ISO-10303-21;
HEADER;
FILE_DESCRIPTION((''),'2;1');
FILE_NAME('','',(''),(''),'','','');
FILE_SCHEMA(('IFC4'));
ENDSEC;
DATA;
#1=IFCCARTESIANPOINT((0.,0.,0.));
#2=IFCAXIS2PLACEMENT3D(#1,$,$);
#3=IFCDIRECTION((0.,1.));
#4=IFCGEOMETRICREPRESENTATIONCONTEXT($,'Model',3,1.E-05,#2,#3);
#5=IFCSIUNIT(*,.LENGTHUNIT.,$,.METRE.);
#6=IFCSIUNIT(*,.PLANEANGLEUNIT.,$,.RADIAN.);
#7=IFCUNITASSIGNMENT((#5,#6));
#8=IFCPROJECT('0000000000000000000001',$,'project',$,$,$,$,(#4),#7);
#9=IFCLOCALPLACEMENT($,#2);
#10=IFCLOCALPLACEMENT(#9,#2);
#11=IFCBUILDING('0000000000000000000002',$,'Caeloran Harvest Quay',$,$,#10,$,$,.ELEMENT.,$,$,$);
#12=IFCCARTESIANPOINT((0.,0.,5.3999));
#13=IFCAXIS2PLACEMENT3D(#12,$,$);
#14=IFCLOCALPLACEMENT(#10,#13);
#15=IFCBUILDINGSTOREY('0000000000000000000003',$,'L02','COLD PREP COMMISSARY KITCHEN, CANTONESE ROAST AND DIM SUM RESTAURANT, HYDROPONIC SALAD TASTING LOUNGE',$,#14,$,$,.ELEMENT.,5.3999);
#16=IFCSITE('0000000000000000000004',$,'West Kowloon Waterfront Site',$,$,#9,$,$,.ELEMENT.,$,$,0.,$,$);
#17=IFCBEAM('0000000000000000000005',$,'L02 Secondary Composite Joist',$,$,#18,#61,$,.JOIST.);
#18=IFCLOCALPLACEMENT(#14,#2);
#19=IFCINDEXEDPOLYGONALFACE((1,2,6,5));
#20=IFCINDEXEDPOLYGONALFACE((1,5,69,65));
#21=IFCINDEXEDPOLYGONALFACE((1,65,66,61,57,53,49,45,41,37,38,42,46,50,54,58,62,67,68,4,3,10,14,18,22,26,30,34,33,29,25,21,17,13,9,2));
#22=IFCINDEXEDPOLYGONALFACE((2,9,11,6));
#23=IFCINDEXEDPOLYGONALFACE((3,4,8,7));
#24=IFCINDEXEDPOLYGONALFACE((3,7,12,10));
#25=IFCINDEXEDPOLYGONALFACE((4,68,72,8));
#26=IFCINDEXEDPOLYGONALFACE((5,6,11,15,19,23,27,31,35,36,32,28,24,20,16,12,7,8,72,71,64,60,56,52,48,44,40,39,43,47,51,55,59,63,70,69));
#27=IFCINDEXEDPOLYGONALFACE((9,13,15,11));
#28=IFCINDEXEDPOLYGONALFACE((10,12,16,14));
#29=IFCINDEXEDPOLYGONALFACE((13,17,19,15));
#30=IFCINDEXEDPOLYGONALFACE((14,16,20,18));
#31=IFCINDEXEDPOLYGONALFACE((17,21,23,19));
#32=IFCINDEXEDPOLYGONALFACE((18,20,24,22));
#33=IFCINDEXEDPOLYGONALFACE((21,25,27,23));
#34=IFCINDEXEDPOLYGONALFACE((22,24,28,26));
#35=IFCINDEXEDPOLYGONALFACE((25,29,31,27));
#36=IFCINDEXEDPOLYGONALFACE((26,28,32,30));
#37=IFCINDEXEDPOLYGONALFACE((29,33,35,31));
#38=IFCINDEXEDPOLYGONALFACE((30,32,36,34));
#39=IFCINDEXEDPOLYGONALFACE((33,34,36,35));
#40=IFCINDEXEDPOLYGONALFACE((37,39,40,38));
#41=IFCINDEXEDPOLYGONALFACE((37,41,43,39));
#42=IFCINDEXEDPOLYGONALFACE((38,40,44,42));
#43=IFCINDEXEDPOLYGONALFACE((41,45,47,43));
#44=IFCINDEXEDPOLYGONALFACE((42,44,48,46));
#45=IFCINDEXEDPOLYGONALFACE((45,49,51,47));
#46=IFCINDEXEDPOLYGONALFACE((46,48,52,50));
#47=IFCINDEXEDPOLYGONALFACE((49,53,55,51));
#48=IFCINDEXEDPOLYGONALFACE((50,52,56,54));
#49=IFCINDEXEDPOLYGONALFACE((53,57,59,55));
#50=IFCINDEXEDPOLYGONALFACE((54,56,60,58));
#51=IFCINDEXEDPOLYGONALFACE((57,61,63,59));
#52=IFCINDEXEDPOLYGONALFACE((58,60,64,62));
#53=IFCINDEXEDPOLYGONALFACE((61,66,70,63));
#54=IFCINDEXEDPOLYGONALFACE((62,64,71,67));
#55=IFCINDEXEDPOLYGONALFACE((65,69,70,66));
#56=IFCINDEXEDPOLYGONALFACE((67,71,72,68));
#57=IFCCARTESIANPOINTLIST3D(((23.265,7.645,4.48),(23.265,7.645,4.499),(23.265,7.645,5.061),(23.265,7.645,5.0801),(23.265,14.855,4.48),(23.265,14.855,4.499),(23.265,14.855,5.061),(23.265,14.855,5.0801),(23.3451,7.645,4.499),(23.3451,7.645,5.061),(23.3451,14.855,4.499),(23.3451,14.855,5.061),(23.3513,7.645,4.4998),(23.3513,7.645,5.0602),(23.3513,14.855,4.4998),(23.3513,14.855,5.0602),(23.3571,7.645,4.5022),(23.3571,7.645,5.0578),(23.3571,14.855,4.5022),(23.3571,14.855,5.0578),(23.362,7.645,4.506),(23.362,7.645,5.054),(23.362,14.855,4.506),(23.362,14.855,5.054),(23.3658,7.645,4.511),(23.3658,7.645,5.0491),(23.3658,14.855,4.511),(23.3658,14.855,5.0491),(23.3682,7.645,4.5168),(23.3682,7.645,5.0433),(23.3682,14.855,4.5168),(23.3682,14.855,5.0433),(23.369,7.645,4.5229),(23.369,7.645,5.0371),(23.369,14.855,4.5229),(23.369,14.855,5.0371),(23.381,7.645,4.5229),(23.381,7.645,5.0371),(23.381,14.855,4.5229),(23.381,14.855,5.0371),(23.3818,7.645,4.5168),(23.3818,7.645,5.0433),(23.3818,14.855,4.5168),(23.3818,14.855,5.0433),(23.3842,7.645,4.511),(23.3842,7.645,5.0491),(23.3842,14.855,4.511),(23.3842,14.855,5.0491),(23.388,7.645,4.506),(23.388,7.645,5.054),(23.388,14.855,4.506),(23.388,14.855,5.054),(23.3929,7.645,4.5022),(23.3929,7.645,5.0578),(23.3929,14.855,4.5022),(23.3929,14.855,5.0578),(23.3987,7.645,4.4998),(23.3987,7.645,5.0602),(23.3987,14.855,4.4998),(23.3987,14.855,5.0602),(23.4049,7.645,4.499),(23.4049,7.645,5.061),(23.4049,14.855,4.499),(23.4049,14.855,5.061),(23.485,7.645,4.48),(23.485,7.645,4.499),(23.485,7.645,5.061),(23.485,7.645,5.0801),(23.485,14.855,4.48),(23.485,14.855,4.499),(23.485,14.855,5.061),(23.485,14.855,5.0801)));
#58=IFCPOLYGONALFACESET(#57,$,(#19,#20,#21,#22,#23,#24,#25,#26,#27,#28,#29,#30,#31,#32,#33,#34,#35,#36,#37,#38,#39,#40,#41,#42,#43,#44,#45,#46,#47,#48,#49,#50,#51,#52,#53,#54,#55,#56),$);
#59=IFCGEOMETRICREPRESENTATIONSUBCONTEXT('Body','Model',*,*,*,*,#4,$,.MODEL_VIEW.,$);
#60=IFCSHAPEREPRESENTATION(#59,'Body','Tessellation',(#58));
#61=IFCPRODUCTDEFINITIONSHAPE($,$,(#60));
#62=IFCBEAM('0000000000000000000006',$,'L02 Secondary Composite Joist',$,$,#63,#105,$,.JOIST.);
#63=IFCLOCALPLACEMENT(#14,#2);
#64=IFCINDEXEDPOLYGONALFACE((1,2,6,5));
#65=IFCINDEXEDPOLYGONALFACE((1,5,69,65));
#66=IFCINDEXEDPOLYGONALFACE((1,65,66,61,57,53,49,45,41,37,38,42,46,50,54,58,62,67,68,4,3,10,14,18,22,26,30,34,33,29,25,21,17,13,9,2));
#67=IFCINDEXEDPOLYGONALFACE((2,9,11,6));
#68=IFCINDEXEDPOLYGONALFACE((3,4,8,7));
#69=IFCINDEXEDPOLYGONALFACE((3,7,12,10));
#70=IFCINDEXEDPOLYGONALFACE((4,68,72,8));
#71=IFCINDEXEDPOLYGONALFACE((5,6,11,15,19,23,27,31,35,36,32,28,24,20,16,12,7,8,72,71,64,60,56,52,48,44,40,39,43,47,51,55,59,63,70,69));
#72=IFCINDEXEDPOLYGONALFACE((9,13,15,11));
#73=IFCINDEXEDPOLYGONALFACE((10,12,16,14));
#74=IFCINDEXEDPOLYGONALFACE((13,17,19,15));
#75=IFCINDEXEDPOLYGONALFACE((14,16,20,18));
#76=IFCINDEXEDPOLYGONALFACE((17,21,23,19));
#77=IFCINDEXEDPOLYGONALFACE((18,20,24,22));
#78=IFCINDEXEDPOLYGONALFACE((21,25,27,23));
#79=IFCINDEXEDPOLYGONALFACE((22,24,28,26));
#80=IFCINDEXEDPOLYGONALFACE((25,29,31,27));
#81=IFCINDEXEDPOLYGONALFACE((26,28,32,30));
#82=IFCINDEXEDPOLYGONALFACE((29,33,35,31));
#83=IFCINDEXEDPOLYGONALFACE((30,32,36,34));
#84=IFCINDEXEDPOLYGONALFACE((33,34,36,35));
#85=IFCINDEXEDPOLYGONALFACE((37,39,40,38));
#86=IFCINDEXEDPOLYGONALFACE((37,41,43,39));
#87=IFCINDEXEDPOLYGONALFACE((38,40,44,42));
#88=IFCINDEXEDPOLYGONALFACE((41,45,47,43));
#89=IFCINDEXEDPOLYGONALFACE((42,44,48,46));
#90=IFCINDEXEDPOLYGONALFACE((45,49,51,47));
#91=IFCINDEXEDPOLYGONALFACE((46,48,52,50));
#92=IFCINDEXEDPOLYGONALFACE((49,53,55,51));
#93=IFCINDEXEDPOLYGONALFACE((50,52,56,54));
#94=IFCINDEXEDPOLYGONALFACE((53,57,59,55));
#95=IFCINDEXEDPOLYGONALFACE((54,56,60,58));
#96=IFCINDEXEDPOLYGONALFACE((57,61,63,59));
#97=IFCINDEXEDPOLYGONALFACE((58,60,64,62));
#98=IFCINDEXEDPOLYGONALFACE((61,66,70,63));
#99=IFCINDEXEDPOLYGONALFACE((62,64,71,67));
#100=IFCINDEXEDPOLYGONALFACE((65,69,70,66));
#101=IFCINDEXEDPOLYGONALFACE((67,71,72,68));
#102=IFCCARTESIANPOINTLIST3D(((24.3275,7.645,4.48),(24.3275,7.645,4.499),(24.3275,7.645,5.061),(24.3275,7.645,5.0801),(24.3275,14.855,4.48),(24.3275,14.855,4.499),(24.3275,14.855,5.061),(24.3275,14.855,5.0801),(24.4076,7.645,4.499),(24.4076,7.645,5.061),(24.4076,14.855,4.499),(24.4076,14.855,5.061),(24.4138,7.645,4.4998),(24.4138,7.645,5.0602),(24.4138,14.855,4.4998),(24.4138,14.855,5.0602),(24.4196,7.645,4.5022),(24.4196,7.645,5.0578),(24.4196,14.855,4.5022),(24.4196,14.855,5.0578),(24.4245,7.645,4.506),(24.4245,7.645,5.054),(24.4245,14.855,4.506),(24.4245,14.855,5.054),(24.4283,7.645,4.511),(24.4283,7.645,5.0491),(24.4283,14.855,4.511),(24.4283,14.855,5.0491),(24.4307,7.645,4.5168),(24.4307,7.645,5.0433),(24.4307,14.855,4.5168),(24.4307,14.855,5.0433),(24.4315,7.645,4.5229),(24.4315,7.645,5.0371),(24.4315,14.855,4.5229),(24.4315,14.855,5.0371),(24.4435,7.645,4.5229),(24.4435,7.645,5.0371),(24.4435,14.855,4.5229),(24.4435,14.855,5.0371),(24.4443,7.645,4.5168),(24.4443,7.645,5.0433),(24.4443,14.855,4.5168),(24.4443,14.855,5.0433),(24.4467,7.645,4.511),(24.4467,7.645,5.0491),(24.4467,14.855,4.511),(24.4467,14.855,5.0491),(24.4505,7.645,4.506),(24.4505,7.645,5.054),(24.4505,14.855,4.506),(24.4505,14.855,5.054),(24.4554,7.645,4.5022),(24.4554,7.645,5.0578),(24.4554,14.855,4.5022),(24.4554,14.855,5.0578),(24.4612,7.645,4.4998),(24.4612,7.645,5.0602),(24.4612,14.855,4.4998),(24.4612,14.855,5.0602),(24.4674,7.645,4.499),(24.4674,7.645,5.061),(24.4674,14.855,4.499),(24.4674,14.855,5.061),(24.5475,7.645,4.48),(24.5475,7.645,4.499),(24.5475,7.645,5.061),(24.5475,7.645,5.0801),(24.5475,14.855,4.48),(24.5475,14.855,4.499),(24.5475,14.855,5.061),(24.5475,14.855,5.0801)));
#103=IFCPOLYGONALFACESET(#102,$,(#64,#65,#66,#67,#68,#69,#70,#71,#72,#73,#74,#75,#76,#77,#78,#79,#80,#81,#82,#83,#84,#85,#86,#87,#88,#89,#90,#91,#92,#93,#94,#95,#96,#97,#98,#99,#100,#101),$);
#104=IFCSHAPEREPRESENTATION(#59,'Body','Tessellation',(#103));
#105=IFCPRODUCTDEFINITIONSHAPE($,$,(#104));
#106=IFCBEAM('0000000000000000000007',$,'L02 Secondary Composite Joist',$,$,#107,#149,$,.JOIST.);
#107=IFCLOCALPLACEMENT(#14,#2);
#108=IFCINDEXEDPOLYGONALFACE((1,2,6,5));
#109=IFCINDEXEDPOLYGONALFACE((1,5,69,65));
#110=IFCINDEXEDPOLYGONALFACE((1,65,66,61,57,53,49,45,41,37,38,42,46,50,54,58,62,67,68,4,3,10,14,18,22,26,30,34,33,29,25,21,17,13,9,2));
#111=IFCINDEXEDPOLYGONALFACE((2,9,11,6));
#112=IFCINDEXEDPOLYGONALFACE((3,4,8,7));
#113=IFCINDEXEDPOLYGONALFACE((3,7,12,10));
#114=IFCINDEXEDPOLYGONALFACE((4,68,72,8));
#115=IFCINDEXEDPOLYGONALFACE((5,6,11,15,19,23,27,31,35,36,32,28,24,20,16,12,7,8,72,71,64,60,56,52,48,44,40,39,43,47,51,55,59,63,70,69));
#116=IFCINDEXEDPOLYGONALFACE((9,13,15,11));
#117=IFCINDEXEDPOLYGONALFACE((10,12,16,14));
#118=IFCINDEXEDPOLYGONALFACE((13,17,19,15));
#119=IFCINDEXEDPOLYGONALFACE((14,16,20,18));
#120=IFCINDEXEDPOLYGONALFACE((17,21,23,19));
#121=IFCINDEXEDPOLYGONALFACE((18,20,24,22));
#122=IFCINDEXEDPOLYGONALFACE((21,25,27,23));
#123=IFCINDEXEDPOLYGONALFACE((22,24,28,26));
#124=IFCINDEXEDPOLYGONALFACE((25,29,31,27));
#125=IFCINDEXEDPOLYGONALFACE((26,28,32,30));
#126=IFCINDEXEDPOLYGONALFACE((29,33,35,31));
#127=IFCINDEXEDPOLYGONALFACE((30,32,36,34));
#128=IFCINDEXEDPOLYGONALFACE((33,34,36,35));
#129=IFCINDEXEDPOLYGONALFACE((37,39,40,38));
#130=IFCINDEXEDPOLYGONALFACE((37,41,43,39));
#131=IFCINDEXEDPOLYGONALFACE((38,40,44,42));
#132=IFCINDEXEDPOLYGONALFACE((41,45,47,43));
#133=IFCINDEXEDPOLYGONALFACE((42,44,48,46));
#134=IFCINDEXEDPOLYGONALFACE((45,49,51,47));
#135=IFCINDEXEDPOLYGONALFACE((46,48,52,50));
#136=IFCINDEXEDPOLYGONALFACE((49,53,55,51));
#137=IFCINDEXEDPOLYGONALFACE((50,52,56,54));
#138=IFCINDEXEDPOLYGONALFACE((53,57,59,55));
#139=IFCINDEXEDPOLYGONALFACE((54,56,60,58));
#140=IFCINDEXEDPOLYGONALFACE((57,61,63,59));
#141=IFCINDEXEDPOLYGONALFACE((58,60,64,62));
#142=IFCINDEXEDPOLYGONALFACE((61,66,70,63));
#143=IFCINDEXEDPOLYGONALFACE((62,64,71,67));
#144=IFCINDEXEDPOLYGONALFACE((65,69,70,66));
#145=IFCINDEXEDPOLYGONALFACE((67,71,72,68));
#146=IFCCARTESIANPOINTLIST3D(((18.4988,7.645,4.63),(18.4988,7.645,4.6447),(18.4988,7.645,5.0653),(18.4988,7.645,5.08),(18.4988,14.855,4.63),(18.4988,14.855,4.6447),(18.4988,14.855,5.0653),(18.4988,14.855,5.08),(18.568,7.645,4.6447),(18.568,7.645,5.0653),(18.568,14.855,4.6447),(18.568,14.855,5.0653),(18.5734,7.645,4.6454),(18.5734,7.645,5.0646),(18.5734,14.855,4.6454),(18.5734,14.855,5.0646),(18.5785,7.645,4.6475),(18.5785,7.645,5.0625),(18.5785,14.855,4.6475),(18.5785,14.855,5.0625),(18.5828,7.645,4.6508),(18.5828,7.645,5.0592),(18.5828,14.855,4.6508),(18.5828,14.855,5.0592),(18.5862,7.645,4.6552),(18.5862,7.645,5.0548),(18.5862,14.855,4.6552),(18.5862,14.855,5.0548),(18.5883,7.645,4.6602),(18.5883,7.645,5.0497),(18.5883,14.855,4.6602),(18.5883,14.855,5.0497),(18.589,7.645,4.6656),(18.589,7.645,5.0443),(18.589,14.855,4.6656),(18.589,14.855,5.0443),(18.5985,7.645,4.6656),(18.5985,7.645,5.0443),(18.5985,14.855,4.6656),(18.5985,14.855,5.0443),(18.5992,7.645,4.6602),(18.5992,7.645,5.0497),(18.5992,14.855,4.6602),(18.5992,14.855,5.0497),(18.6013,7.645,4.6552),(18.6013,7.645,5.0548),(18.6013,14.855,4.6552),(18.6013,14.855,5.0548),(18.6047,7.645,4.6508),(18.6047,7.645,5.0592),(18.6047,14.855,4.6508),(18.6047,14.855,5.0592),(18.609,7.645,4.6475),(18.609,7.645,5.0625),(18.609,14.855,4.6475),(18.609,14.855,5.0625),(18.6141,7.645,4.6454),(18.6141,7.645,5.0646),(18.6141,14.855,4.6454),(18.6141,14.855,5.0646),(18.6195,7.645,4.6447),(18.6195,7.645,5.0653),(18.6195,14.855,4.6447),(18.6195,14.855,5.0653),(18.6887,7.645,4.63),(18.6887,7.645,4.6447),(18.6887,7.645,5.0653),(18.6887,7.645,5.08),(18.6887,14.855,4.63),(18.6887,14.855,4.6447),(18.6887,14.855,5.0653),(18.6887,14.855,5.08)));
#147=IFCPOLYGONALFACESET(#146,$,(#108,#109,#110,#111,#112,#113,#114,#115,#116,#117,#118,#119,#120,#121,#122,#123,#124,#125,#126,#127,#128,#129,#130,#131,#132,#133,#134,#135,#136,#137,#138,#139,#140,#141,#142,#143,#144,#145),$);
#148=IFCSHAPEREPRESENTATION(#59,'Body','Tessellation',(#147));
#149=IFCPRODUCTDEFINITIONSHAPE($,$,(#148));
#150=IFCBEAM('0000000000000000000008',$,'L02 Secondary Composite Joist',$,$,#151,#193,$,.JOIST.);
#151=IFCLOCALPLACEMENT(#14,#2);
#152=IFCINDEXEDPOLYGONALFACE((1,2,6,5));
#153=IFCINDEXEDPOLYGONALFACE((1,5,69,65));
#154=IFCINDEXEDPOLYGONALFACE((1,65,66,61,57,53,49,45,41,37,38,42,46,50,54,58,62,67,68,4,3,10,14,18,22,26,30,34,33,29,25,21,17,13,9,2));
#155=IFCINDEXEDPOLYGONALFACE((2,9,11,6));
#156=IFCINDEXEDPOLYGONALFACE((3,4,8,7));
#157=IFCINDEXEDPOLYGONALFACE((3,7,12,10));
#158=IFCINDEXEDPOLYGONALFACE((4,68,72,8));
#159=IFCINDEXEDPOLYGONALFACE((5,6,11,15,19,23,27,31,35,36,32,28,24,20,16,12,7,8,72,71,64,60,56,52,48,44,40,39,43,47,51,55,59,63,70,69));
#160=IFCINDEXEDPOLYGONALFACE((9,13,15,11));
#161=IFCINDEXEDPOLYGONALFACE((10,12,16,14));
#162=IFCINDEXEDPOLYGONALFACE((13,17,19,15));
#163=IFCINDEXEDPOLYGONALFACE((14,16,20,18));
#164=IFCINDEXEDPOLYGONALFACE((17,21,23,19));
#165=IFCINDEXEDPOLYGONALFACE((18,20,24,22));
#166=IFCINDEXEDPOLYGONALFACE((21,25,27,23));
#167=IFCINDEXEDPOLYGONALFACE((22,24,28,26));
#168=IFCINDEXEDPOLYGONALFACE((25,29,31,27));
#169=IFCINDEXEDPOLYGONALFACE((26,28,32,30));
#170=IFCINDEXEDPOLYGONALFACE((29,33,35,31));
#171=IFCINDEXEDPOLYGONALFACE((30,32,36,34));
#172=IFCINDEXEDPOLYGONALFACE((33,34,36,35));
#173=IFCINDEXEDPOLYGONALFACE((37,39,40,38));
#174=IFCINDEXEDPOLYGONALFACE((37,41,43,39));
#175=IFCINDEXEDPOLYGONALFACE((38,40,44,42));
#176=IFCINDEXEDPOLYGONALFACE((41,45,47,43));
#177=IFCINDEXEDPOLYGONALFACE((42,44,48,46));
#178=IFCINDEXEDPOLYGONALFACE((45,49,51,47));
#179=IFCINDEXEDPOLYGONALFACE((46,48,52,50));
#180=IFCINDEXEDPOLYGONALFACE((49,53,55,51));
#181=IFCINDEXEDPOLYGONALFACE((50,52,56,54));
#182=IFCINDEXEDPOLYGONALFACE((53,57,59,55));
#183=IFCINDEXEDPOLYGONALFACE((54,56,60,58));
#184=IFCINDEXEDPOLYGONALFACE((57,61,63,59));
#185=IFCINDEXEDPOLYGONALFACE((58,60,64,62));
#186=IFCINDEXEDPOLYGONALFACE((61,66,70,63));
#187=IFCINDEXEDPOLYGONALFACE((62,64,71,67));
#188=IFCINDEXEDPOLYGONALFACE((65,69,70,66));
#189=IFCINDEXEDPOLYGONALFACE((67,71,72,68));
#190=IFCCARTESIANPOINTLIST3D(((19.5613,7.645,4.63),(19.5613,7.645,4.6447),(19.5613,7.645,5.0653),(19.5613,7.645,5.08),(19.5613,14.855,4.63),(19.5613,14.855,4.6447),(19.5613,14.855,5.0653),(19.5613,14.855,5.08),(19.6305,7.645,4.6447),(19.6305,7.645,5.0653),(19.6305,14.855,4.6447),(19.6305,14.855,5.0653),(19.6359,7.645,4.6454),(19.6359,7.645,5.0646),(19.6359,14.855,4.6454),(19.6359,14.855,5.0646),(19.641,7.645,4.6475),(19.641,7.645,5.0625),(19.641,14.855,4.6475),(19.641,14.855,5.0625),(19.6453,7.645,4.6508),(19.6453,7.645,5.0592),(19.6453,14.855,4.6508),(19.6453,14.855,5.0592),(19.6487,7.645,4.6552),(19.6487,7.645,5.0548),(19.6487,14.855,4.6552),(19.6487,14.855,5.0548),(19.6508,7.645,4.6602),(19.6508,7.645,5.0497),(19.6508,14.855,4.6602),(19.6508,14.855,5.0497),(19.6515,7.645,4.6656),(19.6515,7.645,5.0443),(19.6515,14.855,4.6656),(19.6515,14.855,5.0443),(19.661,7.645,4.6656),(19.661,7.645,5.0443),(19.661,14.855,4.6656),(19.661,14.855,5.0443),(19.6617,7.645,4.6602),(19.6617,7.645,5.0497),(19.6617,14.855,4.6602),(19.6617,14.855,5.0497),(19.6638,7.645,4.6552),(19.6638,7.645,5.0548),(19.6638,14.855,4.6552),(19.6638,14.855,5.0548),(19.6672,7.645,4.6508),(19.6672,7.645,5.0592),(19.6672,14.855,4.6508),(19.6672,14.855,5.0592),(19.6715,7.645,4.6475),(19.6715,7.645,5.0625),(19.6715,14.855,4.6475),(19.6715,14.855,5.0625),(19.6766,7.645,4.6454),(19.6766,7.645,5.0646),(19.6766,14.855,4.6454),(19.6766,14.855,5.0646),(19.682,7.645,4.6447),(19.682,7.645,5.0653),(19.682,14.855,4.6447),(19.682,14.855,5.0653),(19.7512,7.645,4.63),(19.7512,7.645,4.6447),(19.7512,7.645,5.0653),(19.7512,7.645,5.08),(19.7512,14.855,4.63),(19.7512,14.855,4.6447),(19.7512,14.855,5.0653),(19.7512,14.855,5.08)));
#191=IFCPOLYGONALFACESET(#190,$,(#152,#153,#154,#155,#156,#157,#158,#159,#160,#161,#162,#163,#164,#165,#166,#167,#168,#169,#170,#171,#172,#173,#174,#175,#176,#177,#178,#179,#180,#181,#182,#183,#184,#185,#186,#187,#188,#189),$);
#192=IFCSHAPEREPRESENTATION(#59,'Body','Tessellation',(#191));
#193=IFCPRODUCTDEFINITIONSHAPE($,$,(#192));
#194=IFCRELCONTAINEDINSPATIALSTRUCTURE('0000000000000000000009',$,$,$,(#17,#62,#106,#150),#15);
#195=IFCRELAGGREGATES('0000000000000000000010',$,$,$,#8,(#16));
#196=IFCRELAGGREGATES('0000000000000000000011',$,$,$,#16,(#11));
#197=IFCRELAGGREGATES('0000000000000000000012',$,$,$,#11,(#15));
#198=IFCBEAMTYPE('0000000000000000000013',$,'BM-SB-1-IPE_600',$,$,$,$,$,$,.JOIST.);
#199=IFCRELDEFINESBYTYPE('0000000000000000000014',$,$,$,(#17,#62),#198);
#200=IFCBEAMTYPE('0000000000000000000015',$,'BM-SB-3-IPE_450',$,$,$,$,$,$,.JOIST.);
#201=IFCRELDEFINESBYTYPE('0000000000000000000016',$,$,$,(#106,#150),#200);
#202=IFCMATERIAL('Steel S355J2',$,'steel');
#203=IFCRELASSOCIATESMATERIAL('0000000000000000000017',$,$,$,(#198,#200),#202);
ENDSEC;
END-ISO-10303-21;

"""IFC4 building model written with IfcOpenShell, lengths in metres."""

from ifc_helpers import new_model, si_unit, direction, frame, origin, origin_2d, place, context, subcontext, project, spatial, i_section, extrude, material, material_profile, profile_set, type_object, element, save


model = new_model("IFC4")

# Units and contexts
model_context = context("Model", 3, precision=1e-05, world=origin(), true_north=direction((0.0, 1.0)))
body_context = subcontext(model_context, "Body", "Model", "MODEL_VIEW")
ifc_project = project(units=[si_unit("LENGTHUNIT", "METRE"), si_unit("PLANEANGLEUNIT", "RADIAN")], contexts=[model_context])

# Site, building, storey
site_placement = place(None, origin())
site = spatial("IfcSite", under=ifc_project, at=site_placement, Name="West Kowloon Waterfront Site", CompositionType="ELEMENT", RefElevation=0.0)
building_placement = place(site_placement, origin())
building = spatial("IfcBuilding", under=site, at=building_placement, Name="Caeloran Harvest Quay", CompositionType="ELEMENT")
storey_placement = place(building_placement, frame((0.0, 0.0, 5.3999)))
storey = spatial("IfcBuildingStorey", under=building, at=storey_placement, Name="L02", Description="COLD PREP COMMISSARY KITCHEN, CANTONESE ROAST AND DIM SUM RESTAURANT, HYDROPONIC SALAD TASTING LOUNGE", CompositionType="ELEMENT", Elevation=5.3999)

# Beams
ifc_material_1 = material(Name="Steel S355J2", Category="steel")
ifc_material_profile_1 = material_profile(ifc_material_1, i_section(OverallWidth=0.22, OverallDepth=0.6001, WebThickness=0.012, FlangeThickness=0.019, FilletRadius=0.0239, at=origin_2d()), Name="IPE 600")
ifc_profile_set_1 = profile_set([ifc_material_profile_1], Name="Steel S355J2")
beam_type_1 = type_object("IfcBeamType", Name="BM-SB-1-IPE_600", PredefinedType="JOIST", material=ifc_profile_set_1)
for number, where, z_axis, x_axis, name in (
    (1, (23.375, 7.645, 4.78), (0.0, 1.0, 0.0), (-1.0, 0.0, 0.0), "L02 Secondary Composite Joist"),
    (2, (24.4375, 7.645, 4.78), (0.0, 1.0, 0.0), (-1.0, 0.0, 0.0), "L02 Secondary Composite Joist"),
):
    element("IfcBeam", number, at=place(storey_placement, frame(where, z_axis=z_axis, x_axis=x_axis)), inside=storey, type_object=beam_type_1, Name=name, PredefinedType="JOIST", context=body_context, shape_type="SweptSolid", body=[
        extrude(i_section(OverallWidth=0.22, OverallDepth=0.6001, WebThickness=0.012, FlangeThickness=0.019, FilletRadius=0.0239, at=origin_2d()), origin(), (0.0, 0.0, 1.0), 7.21),
    ])
ifc_material_profile_2 = material_profile(ifc_material_1, i_section(OverallWidth=0.1899, OverallDepth=0.45, WebThickness=0.0095, FlangeThickness=0.0146, FilletRadius=0.021, at=origin_2d()), Name="IPE 450")
ifc_profile_set_2 = profile_set([ifc_material_profile_2], Name="Steel S355J2")
beam_type_2 = type_object("IfcBeamType", Name="BM-SB-3-IPE_450", PredefinedType="JOIST", material=ifc_profile_set_2)
for number, where, z_axis, x_axis, name in (
    (3, (18.5938, 7.645, 4.855), (0.0, 1.0, 0.0), (-1.0, 0.0, 0.0), "L02 Secondary Composite Joist"),
    (4, (19.6562, 7.645, 4.855), (0.0, 1.0, 0.0), (-1.0, 0.0, 0.0), "L02 Secondary Composite Joist"),
):
    element("IfcBeam", number, at=place(storey_placement, frame(where, z_axis=z_axis, x_axis=x_axis)), inside=storey, type_object=beam_type_2, Name=name, PredefinedType="JOIST", context=body_context, shape_type="SweptSolid", body=[
        extrude(i_section(OverallWidth=0.1899, OverallDepth=0.45, WebThickness=0.0095, FlangeThickness=0.0146, FilletRadius=0.021, at=origin_2d()), origin(), (0.0, 0.0, 1.0), 7.21),
    ])

save(model, "model.ifc")
